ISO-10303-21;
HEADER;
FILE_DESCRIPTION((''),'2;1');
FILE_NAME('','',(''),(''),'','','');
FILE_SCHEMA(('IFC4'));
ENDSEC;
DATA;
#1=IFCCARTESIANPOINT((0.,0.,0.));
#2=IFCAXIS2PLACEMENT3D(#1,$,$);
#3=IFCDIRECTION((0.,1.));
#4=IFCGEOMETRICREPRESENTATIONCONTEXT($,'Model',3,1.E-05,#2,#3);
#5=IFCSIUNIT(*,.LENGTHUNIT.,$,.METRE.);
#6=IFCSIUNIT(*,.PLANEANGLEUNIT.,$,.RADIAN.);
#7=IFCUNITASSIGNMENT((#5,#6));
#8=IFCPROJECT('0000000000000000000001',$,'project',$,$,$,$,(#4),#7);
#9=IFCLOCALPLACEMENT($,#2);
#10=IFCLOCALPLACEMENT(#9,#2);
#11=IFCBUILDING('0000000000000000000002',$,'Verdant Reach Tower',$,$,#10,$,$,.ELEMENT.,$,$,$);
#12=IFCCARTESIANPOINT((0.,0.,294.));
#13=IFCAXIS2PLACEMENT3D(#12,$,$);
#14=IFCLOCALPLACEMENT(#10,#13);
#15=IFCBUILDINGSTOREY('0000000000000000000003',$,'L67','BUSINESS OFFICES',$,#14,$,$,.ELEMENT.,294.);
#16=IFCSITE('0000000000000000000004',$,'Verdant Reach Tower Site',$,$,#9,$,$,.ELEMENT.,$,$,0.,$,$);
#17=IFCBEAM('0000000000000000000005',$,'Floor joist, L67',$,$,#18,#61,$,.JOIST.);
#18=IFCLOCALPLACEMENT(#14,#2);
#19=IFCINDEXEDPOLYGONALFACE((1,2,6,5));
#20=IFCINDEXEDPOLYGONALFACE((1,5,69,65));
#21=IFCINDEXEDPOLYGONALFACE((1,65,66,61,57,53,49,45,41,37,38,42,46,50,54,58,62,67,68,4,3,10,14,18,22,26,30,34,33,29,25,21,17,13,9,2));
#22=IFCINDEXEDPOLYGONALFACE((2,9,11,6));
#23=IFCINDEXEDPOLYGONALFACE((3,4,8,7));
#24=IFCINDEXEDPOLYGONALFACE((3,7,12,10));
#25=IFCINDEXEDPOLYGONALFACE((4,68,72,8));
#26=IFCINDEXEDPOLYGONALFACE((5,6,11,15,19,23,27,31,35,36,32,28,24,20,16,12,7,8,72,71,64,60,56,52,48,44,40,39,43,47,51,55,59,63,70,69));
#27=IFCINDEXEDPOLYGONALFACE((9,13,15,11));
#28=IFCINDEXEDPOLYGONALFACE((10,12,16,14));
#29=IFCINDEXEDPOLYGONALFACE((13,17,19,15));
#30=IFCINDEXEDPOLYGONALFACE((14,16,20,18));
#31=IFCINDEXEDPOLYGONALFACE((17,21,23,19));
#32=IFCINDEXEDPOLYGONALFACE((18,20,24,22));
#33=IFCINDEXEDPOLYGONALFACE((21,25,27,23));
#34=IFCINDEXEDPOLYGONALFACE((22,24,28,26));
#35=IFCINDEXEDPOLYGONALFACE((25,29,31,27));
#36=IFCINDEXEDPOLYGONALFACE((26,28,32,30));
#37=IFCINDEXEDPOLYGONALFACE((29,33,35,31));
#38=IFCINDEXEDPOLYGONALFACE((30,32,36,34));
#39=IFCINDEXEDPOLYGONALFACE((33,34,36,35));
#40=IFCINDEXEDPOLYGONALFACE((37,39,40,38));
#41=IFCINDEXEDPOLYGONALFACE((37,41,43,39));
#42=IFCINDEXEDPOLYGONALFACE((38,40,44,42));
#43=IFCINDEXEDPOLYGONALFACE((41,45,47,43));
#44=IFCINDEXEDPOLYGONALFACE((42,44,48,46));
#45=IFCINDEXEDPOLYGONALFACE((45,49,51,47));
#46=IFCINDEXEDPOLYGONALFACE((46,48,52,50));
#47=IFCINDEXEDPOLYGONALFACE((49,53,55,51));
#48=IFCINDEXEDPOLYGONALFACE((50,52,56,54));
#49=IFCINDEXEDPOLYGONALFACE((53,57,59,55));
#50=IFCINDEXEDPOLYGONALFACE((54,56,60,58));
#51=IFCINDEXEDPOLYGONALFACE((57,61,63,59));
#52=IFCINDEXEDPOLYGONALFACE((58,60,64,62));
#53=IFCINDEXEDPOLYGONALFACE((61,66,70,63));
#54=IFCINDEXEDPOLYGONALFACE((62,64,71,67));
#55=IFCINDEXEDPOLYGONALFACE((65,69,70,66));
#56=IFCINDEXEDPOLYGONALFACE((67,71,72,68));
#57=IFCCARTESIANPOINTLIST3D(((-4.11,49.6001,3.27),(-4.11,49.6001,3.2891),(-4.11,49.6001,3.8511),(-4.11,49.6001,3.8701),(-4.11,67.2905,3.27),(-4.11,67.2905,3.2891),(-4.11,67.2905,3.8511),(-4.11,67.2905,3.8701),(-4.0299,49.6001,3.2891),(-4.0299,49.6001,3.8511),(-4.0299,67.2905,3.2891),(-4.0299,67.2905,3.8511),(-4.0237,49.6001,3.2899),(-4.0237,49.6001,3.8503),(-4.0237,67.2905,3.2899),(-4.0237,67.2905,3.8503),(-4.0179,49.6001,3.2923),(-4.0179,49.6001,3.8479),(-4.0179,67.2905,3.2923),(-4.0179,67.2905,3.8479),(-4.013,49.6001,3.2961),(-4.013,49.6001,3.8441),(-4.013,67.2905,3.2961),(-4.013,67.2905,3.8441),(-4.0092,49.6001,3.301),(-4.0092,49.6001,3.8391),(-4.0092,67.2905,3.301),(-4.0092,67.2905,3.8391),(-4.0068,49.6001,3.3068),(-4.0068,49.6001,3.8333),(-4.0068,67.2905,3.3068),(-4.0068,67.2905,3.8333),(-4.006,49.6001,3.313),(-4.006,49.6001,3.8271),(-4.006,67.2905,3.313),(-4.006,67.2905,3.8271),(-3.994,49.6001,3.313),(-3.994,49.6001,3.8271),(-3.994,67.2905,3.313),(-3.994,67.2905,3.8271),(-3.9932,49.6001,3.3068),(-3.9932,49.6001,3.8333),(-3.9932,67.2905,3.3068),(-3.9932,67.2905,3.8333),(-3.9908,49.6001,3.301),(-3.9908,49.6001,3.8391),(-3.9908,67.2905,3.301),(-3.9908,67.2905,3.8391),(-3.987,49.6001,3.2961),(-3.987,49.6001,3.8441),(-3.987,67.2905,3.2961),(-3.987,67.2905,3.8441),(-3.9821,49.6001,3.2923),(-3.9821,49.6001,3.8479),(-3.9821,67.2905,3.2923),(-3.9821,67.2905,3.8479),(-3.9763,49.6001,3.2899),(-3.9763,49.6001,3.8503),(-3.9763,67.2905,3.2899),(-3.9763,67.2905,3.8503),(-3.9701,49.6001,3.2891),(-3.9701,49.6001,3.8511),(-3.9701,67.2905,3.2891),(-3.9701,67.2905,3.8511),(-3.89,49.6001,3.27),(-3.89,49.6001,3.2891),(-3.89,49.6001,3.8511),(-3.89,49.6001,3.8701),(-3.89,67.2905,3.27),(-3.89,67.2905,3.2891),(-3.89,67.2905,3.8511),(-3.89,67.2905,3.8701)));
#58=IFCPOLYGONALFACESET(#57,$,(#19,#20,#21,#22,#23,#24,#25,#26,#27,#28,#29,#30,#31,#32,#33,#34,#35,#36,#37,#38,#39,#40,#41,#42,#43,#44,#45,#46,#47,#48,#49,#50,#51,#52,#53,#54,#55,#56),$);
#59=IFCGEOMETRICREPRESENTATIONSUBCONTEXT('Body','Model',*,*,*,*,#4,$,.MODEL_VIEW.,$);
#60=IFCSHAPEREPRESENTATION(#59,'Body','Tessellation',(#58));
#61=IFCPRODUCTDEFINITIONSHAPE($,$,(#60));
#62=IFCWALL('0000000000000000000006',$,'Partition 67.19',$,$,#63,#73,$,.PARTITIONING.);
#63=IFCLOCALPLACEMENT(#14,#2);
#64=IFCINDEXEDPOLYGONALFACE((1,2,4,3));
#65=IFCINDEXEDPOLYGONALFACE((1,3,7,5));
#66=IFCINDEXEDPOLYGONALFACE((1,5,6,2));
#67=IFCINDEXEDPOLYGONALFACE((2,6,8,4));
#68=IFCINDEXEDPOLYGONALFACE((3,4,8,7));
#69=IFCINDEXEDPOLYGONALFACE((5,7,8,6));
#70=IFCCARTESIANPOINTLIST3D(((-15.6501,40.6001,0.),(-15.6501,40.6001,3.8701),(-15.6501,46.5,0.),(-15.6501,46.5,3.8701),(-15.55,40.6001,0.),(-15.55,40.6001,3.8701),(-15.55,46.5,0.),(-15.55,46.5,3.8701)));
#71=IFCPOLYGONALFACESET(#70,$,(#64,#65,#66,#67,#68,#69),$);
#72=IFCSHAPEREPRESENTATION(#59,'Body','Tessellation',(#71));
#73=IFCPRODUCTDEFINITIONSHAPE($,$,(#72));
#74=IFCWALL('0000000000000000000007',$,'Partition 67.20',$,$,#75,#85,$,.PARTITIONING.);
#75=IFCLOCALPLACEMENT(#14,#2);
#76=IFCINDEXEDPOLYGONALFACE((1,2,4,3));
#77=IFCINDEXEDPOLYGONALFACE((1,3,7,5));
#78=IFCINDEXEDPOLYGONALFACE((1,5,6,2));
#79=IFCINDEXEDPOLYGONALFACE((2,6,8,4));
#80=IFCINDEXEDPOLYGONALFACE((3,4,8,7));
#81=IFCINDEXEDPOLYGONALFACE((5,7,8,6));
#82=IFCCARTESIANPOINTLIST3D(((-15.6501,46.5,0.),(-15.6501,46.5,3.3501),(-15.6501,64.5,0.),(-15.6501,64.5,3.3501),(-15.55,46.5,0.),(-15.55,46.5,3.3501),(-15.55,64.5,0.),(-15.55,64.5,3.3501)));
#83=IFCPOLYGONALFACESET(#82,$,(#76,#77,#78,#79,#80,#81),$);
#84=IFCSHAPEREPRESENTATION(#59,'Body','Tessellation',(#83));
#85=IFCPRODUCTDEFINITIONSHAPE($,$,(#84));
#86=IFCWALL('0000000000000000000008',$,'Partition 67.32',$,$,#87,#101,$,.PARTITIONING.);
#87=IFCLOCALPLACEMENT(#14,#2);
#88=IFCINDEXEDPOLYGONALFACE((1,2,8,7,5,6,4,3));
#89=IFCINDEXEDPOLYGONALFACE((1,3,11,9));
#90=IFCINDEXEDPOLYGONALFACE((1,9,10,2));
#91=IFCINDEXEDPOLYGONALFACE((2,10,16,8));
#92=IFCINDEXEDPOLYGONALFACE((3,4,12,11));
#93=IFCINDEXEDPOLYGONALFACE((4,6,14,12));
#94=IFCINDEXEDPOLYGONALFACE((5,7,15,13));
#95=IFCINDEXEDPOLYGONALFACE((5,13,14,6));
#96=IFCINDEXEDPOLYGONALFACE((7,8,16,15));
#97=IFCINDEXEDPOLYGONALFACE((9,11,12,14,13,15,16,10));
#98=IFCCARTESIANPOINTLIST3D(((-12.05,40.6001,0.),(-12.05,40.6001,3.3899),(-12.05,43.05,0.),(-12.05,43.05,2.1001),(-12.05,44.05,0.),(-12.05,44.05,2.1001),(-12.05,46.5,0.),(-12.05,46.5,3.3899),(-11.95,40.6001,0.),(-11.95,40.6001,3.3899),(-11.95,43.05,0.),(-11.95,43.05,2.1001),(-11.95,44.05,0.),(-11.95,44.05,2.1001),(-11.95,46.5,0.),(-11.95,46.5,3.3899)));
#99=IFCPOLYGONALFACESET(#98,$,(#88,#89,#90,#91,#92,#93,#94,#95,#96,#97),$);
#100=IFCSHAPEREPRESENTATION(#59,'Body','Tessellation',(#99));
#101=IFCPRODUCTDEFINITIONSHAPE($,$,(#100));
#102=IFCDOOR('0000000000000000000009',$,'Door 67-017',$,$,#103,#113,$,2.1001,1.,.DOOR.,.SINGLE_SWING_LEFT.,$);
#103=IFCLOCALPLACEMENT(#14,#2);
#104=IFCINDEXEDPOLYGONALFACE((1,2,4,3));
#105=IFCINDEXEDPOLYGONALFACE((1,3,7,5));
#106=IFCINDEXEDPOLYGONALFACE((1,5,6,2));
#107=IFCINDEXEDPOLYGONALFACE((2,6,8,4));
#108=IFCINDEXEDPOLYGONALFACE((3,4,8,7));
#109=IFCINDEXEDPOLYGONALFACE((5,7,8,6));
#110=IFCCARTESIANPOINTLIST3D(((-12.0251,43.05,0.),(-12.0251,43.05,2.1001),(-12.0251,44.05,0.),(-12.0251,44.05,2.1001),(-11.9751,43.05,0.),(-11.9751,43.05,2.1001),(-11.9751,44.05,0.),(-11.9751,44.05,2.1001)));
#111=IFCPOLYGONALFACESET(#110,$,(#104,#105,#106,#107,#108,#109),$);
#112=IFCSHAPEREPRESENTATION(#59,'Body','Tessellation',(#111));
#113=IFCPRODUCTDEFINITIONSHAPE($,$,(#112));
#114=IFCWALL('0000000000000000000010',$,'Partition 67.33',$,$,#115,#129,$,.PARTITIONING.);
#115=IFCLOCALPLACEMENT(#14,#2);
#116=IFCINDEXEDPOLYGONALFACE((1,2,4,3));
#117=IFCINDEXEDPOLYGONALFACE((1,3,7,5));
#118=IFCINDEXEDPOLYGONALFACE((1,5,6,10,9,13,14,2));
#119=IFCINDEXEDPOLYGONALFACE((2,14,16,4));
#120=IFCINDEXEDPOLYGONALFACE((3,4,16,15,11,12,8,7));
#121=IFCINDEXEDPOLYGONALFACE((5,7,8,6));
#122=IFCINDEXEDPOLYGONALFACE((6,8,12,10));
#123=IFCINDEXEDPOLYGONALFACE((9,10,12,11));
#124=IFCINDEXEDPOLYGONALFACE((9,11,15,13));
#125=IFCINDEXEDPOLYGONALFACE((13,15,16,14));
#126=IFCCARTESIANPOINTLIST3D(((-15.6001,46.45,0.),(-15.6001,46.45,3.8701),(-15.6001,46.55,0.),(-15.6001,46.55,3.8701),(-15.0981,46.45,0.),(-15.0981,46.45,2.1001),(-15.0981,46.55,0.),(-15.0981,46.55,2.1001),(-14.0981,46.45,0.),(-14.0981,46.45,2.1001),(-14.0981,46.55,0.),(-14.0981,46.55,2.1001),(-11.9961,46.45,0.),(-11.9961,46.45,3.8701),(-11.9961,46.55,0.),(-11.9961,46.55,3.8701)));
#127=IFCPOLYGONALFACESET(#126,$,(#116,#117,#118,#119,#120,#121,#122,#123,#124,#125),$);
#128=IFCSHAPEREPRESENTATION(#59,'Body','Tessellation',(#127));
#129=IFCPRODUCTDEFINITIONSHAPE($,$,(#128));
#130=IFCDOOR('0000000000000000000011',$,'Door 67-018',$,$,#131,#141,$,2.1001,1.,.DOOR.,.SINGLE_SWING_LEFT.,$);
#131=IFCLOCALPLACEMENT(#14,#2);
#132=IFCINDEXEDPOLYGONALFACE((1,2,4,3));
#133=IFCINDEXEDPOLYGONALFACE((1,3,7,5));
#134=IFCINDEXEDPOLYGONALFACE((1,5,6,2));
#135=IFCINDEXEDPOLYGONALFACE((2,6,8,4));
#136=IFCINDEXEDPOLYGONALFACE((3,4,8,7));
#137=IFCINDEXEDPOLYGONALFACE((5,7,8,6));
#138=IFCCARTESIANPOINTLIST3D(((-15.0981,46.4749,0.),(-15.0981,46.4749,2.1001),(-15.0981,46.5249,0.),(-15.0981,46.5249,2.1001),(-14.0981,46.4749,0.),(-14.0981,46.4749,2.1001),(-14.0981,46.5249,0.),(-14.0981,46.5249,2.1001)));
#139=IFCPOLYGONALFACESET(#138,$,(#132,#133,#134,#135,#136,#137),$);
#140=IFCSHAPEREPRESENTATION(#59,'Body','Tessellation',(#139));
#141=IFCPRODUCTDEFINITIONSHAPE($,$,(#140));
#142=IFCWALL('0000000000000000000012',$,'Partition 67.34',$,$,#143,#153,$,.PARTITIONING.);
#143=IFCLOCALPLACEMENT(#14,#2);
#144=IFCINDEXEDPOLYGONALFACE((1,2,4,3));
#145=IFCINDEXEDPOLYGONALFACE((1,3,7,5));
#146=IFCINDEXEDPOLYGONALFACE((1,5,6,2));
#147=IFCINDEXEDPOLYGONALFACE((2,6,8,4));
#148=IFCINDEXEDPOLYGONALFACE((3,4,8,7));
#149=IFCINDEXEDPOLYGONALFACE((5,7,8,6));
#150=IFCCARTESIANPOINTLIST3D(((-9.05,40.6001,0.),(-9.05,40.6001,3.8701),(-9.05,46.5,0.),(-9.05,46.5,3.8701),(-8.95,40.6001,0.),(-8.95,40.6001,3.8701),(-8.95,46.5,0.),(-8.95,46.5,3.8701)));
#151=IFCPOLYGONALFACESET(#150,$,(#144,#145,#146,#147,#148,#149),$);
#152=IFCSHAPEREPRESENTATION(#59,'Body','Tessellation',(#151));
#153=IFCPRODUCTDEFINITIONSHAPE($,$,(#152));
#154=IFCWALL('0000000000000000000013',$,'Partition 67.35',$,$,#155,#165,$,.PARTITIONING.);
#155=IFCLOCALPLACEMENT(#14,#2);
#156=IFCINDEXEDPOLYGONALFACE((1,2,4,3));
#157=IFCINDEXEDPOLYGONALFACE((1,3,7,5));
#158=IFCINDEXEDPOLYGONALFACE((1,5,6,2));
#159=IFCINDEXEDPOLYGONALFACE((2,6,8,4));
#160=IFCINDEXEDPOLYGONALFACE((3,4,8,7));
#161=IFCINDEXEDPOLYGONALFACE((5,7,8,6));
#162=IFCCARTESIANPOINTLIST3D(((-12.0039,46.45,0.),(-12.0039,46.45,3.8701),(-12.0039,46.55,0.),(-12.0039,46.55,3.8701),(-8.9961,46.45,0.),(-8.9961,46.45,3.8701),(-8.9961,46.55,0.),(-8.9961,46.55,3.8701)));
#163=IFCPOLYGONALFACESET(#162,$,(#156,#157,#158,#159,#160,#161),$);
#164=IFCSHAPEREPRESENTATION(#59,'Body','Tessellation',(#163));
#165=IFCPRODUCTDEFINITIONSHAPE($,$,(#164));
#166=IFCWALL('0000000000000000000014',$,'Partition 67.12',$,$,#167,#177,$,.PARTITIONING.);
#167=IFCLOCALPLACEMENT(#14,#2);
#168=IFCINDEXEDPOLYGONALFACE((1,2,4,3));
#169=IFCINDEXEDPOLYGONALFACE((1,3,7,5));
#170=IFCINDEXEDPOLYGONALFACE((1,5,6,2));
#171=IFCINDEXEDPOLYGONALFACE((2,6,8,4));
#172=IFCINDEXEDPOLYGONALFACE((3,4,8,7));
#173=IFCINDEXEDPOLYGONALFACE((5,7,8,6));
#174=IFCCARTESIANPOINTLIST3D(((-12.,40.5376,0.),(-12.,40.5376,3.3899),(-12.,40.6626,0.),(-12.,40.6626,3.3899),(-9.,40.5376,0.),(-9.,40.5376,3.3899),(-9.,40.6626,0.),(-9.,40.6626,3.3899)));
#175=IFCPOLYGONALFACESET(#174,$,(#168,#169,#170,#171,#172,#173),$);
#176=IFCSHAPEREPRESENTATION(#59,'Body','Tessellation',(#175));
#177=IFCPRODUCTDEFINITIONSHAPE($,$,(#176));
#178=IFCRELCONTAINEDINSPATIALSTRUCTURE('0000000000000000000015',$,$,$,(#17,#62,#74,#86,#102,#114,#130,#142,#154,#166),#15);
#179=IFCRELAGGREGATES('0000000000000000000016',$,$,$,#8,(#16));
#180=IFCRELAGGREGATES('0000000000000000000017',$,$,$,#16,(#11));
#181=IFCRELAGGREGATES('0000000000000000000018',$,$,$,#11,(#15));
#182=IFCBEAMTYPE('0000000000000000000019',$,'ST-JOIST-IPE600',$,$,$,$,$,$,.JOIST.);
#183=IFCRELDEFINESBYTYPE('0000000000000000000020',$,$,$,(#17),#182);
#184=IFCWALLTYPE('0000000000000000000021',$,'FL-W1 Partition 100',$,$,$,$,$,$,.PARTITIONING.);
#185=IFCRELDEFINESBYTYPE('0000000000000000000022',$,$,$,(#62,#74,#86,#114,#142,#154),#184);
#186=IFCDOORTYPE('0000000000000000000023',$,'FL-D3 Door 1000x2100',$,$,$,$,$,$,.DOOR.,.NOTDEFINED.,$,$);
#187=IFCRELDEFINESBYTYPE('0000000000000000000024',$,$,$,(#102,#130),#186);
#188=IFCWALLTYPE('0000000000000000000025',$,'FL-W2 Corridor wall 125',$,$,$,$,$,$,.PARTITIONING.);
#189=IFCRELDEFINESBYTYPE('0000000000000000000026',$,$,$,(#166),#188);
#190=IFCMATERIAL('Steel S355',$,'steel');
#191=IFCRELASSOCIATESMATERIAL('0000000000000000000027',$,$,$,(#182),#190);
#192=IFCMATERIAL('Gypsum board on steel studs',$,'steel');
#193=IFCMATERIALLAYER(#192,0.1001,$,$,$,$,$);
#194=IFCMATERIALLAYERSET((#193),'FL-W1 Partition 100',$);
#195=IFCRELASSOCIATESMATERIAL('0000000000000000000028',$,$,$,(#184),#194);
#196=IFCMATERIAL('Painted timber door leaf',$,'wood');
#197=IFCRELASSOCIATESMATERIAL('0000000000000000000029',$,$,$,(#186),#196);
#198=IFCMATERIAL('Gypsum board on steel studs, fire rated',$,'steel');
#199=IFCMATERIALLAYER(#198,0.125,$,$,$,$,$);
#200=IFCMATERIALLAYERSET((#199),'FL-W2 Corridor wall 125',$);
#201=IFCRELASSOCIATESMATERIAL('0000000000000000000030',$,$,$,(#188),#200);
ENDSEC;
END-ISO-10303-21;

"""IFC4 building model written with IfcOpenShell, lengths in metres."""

from ifc_helpers import new_model, si_unit, direction, frame, frame_2d, origin, origin_2d, place, context, subcontext, project, spatial, rectangle, i_section, extrude, material, layer, layer_set, material_profile, profile_set, type_object, element, fill, save


model = new_model("IFC4")

# Units and contexts
model_context = context("Model", 3, precision=1e-05, world=origin(), true_north=direction((0.0, 1.0)))
body_context = subcontext(model_context, "Body", "Model", "MODEL_VIEW")
ifc_project = project(units=[si_unit("LENGTHUNIT", "METRE"), si_unit("PLANEANGLEUNIT", "RADIAN")], contexts=[model_context])

# Site, building, storey
site_placement = place(None, origin())
site = spatial("IfcSite", under=ifc_project, at=site_placement, Name="Verdant Reach Tower Site", CompositionType="ELEMENT", RefElevation=0.0)
building_placement = place(site_placement, origin())
building = spatial("IfcBuilding", under=site, at=building_placement, Name="Verdant Reach Tower", CompositionType="ELEMENT")
storey_placement = place(building_placement, frame((0.0, 0.0, 294.0)))
storey = spatial("IfcBuildingStorey", under=building, at=storey_placement, Name="L67", Description="BUSINESS OFFICES", CompositionType="ELEMENT", Elevation=294.0)

# Beam
ifc_material_1 = material(Name="Steel S355", Category="steel")
ifc_material_profile_1 = material_profile(ifc_material_1, i_section(OverallWidth=0.22, OverallDepth=0.6001, WebThickness=0.012, FlangeThickness=0.019, FilletRadius=0.0239, at=origin_2d()), Name="IPE 600")
ifc_profile_set_1 = profile_set([ifc_material_profile_1], Name="Steel S355")
beam_type_1 = type_object("IfcBeamType", Name="ST-JOIST-IPE600", PredefinedType="JOIST", material=ifc_profile_set_1)
beam_1_placement = place(storey_placement, frame((-4.0, 49.6001, 3.5701), z_axis=(0.0, 1.0, 0.0), x_axis=(-1.0, 0.0, 0.0)))
element("IfcBeam", 1, at=beam_1_placement, inside=storey, type_object=beam_type_1, Name="Floor joist, L67", PredefinedType="JOIST", context=body_context, shape_type="SweptSolid", body=[
    extrude(i_section(OverallWidth=0.22, OverallDepth=0.6001, WebThickness=0.012, FlangeThickness=0.019, FilletRadius=0.0239, at=origin_2d()), origin(), (0.0, 0.0, 1.0), 17.6904),
])

# Walls
ifc_material_2 = material(Name="Gypsum board on steel studs", Category="steel")
ifc_layer_1 = layer(ifc_material_2, 0.1001)
ifc_layer_set_1 = layer_set([ifc_layer_1], Name="FL-W1 Partition 100")
wall_type_1 = type_object("IfcWallType", Name="FL-W1 Partition 100", PredefinedType="PARTITIONING", material=ifc_layer_set_1)
wall_1_placement = place(storey_placement, frame((-15.6001, 40.6001, 0.0), z_axis=(0.0, 0.0, 1.0), x_axis=(0.0, 1.0, 0.0)))
element("IfcWall", 2, at=wall_1_placement, inside=storey, type_object=wall_type_1, Name="Partition 67.19", PredefinedType="PARTITIONING", context=body_context, shape_type="SweptSolid", body=[
    extrude(rectangle(XDim=5.8999, YDim=0.1001, at=frame_2d((2.95, 0.0))), origin(), (0.0, 0.0, 1.0), 3.8701),
])
wall_2_placement = place(storey_placement, frame((-15.6001, 46.5, 0.0), z_axis=(0.0, 0.0, 1.0), x_axis=(0.0, 1.0, 0.0)))
element("IfcWall", 3, at=wall_2_placement, inside=storey, type_object=wall_type_1, Name="Partition 67.20", PredefinedType="PARTITIONING", context=body_context, shape_type="SweptSolid", body=[
    extrude(rectangle(XDim=18.0, YDim=0.1001, at=frame_2d((9.0, 0.0))), origin(), (0.0, 0.0, 1.0), 3.3501),
])

# Walls, openings, doors
wall_3_placement = place(storey_placement, frame((-12.0, 46.5, 0.0), z_axis=(0.0, 0.0, 1.0), x_axis=(0.0, -1.0, 0.0)))
wall_3 = element("IfcWall", 4, at=wall_3_placement, inside=storey, type_object=wall_type_1, Name="Partition 67.32", PredefinedType="PARTITIONING", context=body_context, shape_type="SweptSolid", body=[
    extrude(rectangle(XDim=5.8999, YDim=0.1001, at=frame_2d((2.95, 0.0))), origin(), (0.0, 0.0, 1.0), 3.3899),
])
opening_1_placement = place(wall_3_placement, frame((2.45, 0.0, 0.0)))
opening_1 = element("IfcOpeningElement", 5, at=opening_1_placement, cuts=wall_3, PredefinedType="OPENING", context=body_context, shape_type="SweptSolid", body=[
    extrude(rectangle(XDim=1.0, YDim=2.1001, at=frame_2d((0.5, 1.05))), frame((0.0, 0.0601, 0.0), z_axis=(0.0, -1.0, 0.0), x_axis=(1.0, 0.0, 0.0)), (0.0, 0.0, 1.0), 0.1201),
])
ifc_material_3 = material(Name="Painted timber door leaf", Category="wood")
door_type_1 = type_object("IfcDoorType", Name="FL-D3 Door 1000x2100", OperationType="NOTDEFINED", PredefinedType="DOOR", material=ifc_material_3)
door_1_placement = place(opening_1_placement, origin())
door_1 = element("IfcDoor", 6, at=door_1_placement, inside=storey, type_object=door_type_1, Name="Door 67-017", OperationType="SINGLE_SWING_LEFT", OverallHeight=2.1001, OverallWidth=1.0, PredefinedType="DOOR", context=body_context, shape_type="SweptSolid", body=[
    extrude(rectangle(XDim=1.0, YDim=2.1001, at=frame_2d((0.5, 1.05))), frame((0.0, 0.0249, 0.0), z_axis=(0.0, -1.0, 0.0), x_axis=(1.0, 0.0, 0.0)), (0.0, 0.0, 1.0), 0.05),
])
fill(opening_1, door_1)
wall_4_placement = place(storey_placement, frame((-15.6001, 46.5, 0.0), z_axis=(0.0, 0.0, 1.0), x_axis=(1.0, 0.0, 0.0)))
wall_4 = element("IfcWall", 7, at=wall_4_placement, inside=storey, type_object=wall_type_1, Name="Partition 67.33", PredefinedType="PARTITIONING", context=body_context, shape_type="SweptSolid", body=[
    extrude(rectangle(XDim=3.604, YDim=0.1001, at=frame_2d((1.802, 0.0))), origin(), (0.0, 0.0, 1.0), 3.8701),
])
opening_2_placement = place(wall_4_placement, frame((0.502, 0.0, 0.0)))
opening_2 = element("IfcOpeningElement", 8, at=opening_2_placement, cuts=wall_4, PredefinedType="OPENING", context=body_context, shape_type="SweptSolid", body=[
    extrude(rectangle(XDim=1.0, YDim=2.1001, at=frame_2d((0.5, 1.05))), frame((0.0, 0.0601, 0.0), z_axis=(0.0, -1.0, 0.0), x_axis=(1.0, 0.0, 0.0)), (0.0, 0.0, 1.0), 0.1201),
])
door_2_placement = place(opening_2_placement, origin())
door_2 = element("IfcDoor", 9, at=door_2_placement, inside=storey, type_object=door_type_1, Name="Door 67-018", OperationType="SINGLE_SWING_LEFT", OverallHeight=2.1001, OverallWidth=1.0, PredefinedType="DOOR", context=body_context, shape_type="SweptSolid", body=[
    extrude(rectangle(XDim=1.0, YDim=2.1001, at=frame_2d((0.5, 1.05))), frame((0.0, 0.0249, 0.0), z_axis=(0.0, -1.0, 0.0), x_axis=(1.0, 0.0, 0.0)), (0.0, 0.0, 1.0), 0.05),
])
fill(opening_2, door_2)

# Walls
wall_5_placement = place(storey_placement, frame((-9.0, 40.6001, 0.0), z_axis=(0.0, 0.0, 1.0), x_axis=(0.0, 1.0, 0.0)))
element("IfcWall", 10, at=wall_5_placement, inside=storey, type_object=wall_type_1, Name="Partition 67.34", PredefinedType="PARTITIONING", context=body_context, shape_type="SweptSolid", body=[
    extrude(rectangle(XDim=5.8999, YDim=0.1001, at=frame_2d((2.95, 0.0))), origin(), (0.0, 0.0, 1.0), 3.8701),
])
wall_6_placement = place(storey_placement, frame((-8.9961, 46.5, 0.0), z_axis=(0.0, 0.0, 1.0), x_axis=(-1.0, 0.0, 0.0)))
element("IfcWall", 11, at=wall_6_placement, inside=storey, type_object=wall_type_1, Name="Partition 67.35", PredefinedType="PARTITIONING", context=body_context, shape_type="SweptSolid", body=[
    extrude(rectangle(XDim=3.0078, YDim=0.1001, at=frame_2d((1.5039, 0.0))), origin(), (0.0, 0.0, 1.0), 3.8701),
])
ifc_material_4 = material(Name="Gypsum board on steel studs, fire rated", Category="steel")
ifc_layer_2 = layer(ifc_material_4, 0.125)
ifc_layer_set_2 = layer_set([ifc_layer_2], Name="FL-W2 Corridor wall 125")
wall_type_2 = type_object("IfcWallType", Name="FL-W2 Corridor wall 125", PredefinedType="PARTITIONING", material=ifc_layer_set_2)
wall_7_placement = place(storey_placement, frame((-9.0, 40.6001, 0.0), z_axis=(0.0, 0.0, 1.0), x_axis=(-1.0, 0.0, 0.0)))
element("IfcWall", 12, at=wall_7_placement, inside=storey, type_object=wall_type_2, Name="Partition 67.12", PredefinedType="PARTITIONING", context=body_context, shape_type="SweptSolid", body=[
    extrude(rectangle(XDim=3.0, YDim=0.125, at=frame_2d((1.5, 0.0))), origin(), (0.0, 0.0, 1.0), 3.3899),
])

save(model, "model.ifc")
